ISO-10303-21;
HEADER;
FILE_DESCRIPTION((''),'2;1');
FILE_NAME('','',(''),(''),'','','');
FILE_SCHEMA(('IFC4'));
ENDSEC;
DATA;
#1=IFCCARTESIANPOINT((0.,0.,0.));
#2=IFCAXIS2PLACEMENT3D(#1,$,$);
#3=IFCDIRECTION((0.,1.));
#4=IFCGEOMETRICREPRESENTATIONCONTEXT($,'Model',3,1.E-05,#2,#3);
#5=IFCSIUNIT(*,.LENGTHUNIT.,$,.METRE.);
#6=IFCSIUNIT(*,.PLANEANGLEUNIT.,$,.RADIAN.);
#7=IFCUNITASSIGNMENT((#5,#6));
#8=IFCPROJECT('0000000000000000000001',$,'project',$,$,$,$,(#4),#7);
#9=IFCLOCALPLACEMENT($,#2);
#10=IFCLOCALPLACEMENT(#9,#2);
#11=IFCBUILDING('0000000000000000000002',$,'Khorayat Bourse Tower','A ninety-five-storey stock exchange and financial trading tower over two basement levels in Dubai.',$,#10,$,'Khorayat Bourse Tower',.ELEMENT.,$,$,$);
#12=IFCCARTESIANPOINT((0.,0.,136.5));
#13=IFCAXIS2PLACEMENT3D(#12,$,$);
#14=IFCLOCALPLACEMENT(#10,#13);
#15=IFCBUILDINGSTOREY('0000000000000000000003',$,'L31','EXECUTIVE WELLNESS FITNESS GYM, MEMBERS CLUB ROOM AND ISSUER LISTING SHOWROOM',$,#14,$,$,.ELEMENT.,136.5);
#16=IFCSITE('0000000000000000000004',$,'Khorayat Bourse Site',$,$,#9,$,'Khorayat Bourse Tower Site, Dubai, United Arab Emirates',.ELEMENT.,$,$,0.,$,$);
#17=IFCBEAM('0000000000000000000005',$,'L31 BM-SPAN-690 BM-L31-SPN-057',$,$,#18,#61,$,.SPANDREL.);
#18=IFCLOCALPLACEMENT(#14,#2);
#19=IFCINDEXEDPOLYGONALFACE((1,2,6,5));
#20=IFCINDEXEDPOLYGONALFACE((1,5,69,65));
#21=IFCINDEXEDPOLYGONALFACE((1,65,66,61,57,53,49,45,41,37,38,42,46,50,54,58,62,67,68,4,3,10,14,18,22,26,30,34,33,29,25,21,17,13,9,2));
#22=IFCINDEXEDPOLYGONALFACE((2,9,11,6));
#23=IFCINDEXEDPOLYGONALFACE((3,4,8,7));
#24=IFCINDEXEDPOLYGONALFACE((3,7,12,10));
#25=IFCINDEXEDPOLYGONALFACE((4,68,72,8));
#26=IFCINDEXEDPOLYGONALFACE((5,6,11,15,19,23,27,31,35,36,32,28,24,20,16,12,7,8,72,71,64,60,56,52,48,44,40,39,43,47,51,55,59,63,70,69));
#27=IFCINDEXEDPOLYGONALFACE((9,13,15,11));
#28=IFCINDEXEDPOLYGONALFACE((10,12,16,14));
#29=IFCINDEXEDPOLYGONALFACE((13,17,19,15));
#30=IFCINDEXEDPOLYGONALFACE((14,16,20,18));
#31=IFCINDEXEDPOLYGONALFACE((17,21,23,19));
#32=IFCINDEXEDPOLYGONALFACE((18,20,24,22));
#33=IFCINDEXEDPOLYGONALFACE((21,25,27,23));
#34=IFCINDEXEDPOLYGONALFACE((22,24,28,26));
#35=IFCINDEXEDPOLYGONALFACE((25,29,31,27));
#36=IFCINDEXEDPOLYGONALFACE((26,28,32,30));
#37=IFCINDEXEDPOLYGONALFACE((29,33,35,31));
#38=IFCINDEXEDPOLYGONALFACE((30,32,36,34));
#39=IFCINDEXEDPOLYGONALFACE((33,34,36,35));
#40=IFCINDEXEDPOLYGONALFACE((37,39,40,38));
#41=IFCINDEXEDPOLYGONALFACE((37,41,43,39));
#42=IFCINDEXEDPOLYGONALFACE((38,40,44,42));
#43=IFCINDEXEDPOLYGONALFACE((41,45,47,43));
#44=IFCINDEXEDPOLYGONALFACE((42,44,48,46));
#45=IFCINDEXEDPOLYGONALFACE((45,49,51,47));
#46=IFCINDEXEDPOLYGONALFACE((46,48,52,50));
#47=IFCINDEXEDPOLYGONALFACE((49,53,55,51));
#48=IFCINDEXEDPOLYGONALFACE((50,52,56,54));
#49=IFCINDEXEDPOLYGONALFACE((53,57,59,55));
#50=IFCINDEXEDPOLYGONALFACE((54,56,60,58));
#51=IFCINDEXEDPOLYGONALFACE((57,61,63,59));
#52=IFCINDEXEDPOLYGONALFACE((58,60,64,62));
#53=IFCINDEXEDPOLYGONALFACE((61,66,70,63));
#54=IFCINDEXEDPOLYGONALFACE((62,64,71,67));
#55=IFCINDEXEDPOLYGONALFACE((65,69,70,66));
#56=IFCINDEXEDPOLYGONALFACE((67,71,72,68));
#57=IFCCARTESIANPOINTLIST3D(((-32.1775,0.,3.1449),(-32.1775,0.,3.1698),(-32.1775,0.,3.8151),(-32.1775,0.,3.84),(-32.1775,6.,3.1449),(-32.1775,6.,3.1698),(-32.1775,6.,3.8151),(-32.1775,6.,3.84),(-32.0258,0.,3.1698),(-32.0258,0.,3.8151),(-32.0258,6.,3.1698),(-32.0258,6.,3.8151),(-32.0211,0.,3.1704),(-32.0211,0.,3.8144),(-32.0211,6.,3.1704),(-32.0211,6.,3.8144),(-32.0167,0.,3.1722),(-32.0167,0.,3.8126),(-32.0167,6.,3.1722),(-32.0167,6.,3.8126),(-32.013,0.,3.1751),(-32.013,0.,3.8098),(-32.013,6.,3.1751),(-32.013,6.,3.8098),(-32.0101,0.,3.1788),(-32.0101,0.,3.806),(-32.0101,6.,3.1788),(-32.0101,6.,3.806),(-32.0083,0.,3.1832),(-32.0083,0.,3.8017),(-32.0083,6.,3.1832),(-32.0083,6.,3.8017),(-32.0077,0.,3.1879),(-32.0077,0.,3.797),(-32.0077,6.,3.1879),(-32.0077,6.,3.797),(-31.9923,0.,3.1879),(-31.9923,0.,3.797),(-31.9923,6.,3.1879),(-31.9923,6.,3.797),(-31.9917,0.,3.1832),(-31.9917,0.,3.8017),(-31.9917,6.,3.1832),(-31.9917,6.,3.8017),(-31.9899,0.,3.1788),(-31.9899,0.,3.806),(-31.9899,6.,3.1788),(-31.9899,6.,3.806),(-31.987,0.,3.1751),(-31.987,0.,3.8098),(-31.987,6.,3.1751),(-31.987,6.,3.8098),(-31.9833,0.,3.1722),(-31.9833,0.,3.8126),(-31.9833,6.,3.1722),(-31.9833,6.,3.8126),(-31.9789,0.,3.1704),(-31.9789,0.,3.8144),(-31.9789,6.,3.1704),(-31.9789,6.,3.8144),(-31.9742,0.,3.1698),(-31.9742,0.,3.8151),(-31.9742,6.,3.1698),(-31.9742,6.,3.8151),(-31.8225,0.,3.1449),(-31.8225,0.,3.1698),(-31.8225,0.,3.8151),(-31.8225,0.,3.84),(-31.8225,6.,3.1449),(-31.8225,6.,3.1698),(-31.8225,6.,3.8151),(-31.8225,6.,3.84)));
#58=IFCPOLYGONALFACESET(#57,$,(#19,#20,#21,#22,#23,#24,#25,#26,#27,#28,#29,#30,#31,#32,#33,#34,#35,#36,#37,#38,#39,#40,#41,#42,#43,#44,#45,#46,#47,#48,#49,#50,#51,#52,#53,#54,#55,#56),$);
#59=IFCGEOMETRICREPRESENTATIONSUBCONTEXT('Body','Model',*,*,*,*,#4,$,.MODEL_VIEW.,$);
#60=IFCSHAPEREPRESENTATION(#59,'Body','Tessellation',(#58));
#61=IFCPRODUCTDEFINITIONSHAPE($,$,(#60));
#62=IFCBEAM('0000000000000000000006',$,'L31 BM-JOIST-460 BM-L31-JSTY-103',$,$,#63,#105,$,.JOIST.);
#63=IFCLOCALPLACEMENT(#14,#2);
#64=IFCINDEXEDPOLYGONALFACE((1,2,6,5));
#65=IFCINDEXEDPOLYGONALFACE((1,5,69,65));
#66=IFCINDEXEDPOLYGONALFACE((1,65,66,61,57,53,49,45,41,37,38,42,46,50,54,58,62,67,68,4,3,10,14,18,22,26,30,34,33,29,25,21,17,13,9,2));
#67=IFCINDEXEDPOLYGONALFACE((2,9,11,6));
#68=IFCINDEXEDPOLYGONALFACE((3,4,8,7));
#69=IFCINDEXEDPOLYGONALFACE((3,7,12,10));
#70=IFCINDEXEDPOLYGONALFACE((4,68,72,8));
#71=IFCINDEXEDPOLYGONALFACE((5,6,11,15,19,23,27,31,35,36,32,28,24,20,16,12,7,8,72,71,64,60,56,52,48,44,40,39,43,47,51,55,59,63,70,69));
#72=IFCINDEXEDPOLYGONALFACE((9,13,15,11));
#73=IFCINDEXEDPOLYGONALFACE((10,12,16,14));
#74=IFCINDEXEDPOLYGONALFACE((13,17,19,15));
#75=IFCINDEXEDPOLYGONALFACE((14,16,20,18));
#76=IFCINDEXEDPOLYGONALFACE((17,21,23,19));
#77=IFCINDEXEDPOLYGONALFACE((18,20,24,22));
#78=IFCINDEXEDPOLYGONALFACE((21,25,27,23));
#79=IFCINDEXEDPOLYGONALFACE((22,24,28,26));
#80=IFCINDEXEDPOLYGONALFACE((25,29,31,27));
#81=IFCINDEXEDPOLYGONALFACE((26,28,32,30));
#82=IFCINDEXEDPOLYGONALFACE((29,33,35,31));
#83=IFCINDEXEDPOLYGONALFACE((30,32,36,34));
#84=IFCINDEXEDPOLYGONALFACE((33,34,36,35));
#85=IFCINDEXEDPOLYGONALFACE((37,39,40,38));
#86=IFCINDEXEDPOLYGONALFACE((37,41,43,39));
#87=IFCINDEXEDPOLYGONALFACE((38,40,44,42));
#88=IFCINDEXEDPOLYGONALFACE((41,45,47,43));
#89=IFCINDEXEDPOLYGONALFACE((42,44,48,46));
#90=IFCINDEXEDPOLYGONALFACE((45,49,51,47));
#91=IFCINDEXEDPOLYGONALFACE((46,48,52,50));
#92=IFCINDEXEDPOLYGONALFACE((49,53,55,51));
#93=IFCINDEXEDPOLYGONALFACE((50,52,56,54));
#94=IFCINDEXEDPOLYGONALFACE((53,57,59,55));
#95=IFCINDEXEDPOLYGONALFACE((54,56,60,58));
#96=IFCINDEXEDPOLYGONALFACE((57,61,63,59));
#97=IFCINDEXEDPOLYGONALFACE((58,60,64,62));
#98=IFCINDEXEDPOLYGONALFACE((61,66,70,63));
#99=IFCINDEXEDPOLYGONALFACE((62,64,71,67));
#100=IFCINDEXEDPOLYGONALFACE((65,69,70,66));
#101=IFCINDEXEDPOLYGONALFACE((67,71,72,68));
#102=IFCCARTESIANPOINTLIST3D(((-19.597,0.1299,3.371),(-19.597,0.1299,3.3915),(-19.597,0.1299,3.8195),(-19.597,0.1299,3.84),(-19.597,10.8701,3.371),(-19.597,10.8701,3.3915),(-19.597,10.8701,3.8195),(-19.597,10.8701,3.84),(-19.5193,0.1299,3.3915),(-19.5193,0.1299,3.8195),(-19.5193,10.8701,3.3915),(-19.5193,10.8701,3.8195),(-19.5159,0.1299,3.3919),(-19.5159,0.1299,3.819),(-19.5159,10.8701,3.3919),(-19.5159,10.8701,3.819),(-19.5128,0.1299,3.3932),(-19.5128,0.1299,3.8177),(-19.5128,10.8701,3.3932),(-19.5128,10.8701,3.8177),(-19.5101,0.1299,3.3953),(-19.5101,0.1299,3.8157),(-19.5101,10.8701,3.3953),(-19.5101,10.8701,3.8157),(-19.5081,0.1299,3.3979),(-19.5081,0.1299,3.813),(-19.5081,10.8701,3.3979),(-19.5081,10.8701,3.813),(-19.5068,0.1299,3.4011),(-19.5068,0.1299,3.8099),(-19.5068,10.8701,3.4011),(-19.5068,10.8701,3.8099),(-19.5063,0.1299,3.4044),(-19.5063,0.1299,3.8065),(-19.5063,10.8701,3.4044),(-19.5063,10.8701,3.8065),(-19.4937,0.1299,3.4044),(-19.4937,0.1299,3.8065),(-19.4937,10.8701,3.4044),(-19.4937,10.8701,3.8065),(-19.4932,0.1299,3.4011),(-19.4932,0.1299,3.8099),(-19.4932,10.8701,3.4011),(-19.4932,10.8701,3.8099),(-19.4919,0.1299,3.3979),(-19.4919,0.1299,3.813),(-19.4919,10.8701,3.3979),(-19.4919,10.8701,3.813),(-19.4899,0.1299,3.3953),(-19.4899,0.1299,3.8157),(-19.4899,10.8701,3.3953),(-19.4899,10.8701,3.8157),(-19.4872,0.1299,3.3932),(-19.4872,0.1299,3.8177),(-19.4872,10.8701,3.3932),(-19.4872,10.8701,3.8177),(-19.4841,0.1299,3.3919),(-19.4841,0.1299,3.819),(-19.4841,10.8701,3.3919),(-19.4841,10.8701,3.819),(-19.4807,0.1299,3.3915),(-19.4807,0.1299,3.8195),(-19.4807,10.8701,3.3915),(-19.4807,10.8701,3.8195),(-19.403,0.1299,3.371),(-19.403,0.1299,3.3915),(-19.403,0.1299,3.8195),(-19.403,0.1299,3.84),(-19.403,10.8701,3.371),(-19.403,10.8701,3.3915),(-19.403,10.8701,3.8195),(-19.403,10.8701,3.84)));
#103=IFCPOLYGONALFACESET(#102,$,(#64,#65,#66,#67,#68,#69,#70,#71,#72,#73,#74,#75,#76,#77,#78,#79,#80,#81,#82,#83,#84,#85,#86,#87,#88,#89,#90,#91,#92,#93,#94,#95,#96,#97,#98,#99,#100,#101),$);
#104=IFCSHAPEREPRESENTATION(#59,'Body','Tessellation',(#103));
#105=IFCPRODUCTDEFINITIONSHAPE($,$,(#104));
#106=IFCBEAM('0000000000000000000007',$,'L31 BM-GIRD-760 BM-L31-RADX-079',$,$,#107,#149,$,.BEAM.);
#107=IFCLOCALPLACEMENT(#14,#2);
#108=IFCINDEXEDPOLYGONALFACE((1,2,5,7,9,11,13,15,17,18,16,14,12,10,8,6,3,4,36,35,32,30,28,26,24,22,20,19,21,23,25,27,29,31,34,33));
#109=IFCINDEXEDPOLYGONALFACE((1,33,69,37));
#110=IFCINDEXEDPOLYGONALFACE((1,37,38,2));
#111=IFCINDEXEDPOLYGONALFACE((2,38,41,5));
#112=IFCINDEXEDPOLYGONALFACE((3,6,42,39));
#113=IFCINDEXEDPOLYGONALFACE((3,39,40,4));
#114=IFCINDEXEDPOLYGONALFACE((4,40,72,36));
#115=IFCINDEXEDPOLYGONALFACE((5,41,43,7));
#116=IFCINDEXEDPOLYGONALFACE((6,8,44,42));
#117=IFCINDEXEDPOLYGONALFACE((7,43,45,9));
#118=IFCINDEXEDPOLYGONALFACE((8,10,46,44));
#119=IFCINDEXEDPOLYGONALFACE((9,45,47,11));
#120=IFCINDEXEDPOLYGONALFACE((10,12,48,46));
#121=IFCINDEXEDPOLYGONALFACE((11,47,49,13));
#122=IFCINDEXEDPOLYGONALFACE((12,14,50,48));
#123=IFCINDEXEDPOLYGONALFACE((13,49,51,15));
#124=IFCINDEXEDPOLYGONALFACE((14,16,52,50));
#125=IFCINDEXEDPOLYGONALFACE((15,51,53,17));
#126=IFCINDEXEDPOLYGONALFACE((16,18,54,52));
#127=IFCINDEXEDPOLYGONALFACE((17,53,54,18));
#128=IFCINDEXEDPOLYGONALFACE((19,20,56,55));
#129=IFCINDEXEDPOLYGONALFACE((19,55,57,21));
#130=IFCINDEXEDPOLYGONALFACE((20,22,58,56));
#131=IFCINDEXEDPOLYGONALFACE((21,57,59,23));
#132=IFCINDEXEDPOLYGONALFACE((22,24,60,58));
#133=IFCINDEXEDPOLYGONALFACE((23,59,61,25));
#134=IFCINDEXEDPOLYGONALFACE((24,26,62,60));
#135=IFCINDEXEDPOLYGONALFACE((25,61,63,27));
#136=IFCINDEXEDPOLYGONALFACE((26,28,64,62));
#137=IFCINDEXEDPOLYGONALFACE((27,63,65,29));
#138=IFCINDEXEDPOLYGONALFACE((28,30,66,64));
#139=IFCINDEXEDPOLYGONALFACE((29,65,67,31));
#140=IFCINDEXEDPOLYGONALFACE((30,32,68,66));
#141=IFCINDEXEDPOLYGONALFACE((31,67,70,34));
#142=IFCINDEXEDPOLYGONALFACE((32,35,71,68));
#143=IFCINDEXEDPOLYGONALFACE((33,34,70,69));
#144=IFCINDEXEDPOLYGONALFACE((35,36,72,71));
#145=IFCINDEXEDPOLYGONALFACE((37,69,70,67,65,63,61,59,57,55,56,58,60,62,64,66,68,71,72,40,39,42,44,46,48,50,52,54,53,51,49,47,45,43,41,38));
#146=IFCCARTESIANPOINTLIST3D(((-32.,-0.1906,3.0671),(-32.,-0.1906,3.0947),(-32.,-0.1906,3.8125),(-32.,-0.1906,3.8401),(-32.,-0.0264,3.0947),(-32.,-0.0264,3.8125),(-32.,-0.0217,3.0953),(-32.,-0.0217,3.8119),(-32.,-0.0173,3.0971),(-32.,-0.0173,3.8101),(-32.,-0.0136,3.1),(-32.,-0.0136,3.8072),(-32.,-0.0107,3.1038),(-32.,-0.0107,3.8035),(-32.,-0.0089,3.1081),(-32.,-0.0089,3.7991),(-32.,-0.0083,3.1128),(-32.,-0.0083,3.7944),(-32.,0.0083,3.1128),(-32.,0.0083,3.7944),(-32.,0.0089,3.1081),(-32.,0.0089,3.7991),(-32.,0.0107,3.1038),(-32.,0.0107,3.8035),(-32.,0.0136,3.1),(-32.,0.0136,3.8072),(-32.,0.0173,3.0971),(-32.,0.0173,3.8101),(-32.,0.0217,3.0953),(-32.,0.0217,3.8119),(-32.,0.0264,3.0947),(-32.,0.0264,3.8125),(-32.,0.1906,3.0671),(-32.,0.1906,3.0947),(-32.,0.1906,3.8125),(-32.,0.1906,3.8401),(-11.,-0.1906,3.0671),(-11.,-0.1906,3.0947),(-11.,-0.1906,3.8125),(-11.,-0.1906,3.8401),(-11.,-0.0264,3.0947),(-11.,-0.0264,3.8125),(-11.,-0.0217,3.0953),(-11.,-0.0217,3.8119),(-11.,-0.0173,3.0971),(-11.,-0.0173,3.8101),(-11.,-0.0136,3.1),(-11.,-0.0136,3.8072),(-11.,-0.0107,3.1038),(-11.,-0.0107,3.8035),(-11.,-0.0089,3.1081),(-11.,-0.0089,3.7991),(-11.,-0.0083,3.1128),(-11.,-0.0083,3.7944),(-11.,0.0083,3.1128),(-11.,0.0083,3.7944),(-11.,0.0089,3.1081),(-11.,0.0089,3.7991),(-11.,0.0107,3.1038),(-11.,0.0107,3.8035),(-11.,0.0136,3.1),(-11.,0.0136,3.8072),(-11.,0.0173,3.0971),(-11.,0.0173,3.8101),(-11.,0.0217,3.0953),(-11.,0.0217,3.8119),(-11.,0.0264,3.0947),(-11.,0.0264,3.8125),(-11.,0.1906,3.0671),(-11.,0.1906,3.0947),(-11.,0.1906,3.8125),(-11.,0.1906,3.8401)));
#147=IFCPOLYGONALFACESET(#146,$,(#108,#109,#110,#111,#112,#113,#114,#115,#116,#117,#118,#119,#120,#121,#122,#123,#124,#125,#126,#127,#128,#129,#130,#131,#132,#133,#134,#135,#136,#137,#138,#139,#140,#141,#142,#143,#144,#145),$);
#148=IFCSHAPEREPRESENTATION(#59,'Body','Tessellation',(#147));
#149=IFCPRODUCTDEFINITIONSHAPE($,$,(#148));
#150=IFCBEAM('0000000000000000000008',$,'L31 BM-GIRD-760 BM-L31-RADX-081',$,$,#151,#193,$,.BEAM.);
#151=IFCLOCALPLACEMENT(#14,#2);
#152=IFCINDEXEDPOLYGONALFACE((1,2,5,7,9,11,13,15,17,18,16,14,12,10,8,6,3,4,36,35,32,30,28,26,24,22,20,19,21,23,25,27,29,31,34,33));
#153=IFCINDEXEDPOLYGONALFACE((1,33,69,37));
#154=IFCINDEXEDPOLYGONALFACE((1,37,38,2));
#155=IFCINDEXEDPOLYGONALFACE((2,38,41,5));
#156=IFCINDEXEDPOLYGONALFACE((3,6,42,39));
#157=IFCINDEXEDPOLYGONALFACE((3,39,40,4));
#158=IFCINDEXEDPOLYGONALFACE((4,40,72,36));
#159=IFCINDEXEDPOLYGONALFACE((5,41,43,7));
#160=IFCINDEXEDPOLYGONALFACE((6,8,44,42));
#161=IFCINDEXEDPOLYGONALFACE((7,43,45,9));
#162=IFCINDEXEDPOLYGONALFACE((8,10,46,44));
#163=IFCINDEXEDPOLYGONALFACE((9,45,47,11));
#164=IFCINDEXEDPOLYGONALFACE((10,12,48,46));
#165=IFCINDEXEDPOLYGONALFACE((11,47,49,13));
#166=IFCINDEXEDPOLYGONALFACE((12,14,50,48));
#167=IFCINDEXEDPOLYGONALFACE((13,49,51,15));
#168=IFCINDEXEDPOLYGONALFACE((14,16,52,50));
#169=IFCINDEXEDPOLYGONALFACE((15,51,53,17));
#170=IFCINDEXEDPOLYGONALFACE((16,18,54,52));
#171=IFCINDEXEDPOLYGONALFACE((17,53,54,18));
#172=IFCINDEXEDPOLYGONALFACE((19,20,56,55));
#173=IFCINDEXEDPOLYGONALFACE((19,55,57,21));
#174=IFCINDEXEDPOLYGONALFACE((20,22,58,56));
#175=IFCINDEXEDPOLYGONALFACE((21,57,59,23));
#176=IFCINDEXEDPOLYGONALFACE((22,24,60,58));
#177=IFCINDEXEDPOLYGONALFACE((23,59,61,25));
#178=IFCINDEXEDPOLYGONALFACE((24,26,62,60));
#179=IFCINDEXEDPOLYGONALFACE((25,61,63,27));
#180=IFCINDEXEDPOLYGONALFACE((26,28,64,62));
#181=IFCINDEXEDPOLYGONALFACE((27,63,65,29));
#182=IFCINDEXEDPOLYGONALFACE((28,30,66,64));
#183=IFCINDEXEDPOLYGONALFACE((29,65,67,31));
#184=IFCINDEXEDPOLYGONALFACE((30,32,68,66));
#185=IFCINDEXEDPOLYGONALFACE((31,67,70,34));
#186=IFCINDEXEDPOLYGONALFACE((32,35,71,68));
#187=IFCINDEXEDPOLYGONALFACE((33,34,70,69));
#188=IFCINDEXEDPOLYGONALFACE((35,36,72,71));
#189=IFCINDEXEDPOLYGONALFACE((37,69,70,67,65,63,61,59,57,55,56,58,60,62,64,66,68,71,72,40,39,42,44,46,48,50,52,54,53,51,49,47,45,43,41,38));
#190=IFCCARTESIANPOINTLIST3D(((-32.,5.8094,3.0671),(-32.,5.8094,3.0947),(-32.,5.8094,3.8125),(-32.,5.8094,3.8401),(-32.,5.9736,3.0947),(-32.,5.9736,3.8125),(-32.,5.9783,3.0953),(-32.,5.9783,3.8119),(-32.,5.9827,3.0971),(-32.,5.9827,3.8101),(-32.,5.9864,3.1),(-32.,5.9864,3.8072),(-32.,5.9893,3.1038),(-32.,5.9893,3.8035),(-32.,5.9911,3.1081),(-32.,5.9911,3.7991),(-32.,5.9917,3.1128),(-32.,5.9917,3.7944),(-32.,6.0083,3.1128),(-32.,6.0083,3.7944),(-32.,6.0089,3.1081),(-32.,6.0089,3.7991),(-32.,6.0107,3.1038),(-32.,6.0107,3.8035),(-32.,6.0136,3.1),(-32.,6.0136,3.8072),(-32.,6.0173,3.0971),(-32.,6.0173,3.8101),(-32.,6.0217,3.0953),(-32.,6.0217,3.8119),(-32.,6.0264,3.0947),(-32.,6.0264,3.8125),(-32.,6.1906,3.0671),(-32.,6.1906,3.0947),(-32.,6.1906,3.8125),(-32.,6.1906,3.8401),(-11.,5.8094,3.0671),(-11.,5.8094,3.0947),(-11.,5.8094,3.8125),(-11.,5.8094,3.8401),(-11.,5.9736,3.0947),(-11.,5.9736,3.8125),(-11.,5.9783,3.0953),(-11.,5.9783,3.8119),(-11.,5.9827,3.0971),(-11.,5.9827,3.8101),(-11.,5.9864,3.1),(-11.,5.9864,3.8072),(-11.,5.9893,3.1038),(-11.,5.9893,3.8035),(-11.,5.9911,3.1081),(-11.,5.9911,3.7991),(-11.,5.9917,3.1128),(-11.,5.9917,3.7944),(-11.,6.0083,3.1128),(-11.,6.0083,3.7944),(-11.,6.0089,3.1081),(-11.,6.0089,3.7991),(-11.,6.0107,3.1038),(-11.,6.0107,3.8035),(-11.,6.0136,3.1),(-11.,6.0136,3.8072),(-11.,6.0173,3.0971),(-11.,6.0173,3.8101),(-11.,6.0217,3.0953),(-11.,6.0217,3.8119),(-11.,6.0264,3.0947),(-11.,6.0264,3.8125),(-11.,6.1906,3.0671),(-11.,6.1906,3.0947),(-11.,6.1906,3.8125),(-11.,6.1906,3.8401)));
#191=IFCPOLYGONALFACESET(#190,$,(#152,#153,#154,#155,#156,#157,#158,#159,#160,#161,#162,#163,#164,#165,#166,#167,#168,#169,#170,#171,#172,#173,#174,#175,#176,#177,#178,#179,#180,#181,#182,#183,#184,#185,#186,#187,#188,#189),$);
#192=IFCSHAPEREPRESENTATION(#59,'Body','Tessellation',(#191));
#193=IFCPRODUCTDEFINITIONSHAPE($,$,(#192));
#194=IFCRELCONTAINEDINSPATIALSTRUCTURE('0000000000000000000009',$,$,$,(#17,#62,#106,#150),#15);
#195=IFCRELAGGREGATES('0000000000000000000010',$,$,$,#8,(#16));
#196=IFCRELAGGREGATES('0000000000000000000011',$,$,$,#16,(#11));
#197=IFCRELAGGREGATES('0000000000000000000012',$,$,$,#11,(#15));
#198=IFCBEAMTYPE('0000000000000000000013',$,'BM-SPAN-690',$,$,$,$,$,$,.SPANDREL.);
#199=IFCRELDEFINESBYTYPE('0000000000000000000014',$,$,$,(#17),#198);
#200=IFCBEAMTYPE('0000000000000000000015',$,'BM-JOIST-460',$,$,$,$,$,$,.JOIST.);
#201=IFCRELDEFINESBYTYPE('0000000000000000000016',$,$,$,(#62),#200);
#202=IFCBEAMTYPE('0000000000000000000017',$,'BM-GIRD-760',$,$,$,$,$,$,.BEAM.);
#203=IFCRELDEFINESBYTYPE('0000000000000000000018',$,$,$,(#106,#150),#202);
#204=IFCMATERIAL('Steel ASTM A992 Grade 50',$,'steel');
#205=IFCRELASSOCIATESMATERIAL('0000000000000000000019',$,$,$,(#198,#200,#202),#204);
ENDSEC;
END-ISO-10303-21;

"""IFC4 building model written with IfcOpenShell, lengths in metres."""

from ifc_helpers import new_model, si_unit, direction, frame, origin, origin_2d, place, context, subcontext, project, spatial, i_section, extrude, source, transform, mapped, material, material_profile, profile_set, type_object, element, save


model = new_model("IFC4")

# Units and contexts
model_context = context("Model", 3, precision=1e-05, world=origin(), true_north=direction((0.0, 1.0)))
body_context = subcontext(model_context, "Body", "Model", "MODEL_VIEW")
ifc_project = project(units=[si_unit("LENGTHUNIT", "METRE"), si_unit("PLANEANGLEUNIT", "RADIAN")], contexts=[model_context])

# Site, building, storey
site_placement = place(None, origin())
site = spatial("IfcSite", under=ifc_project, at=site_placement, Name="Khorayat Bourse Site", LongName="Khorayat Bourse Tower Site, Dubai, United Arab Emirates", CompositionType="ELEMENT", RefElevation=0.0)
building_placement = place(site_placement, origin())
building = spatial("IfcBuilding", under=site, at=building_placement, Name="Khorayat Bourse Tower", Description="A ninety-five-storey stock exchange and financial trading tower over two basement levels in Dubai.", LongName="Khorayat Bourse Tower", CompositionType="ELEMENT")
storey_placement = place(building_placement, frame((0.0, 0.0, 136.5)))
storey = spatial("IfcBuildingStorey", under=building, at=storey_placement, Name="L31", Description="EXECUTIVE WELLNESS FITNESS GYM, MEMBERS CLUB ROOM AND ISSUER LISTING SHOWROOM", CompositionType="ELEMENT", Elevation=136.5)

# Beams
ifc_material_1 = material(Name="Steel ASTM A992 Grade 50", Category="steel")
ifc_material_profile_1 = material_profile(ifc_material_1, i_section(OverallWidth=0.355, OverallDepth=0.6951, WebThickness=0.0154, FlangeThickness=0.0249, FilletRadius=0.0181, at=origin_2d()), Name="W690X217")
ifc_profile_set_1 = profile_set([ifc_material_profile_1], Name="Steel ASTM A992 Grade 50")
beam_type_1 = type_object("IfcBeamType", Name="BM-SPAN-690", PredefinedType="SPANDREL", material=ifc_profile_set_1)
shared_shape_1 = source(origin(), body_context, "Body", "SweptSolid", [
    extrude(i_section(OverallWidth=0.355, OverallDepth=0.6951, WebThickness=0.0154, FlangeThickness=0.0249, FilletRadius=0.0181, at=origin_2d()), origin(), (0.0, 0.0, 1.0), 6.0),
])
beam_1_placement = place(storey_placement, frame((-32.0, 0.0, 3.4924), z_axis=(0.0, 1.0, 0.0), x_axis=(-1.0, 0.0, 0.0)))
element("IfcBeam", 1, at=beam_1_placement, inside=storey, type_object=beam_type_1, Name="L31 BM-SPAN-690 BM-L31-SPN-057", PredefinedType="SPANDREL", context=body_context, shape_type="MappedRepresentation", body=[
    mapped(shared_shape_1, transform((0.0, 0.0, 0.0), scale=1.0)),
])
ifc_material_profile_2 = material_profile(ifc_material_1, i_section(OverallWidth=0.1941, OverallDepth=0.469, WebThickness=0.0127, FlangeThickness=0.0205, FilletRadius=0.0129, at=origin_2d()), Name="W460X106")
ifc_profile_set_2 = profile_set([ifc_material_profile_2], Name="Steel ASTM A992 Grade 50")
beam_type_2 = type_object("IfcBeamType", Name="BM-JOIST-460", PredefinedType="JOIST", material=ifc_profile_set_2)
shared_shape_2 = source(origin(), body_context, "Body", "SweptSolid", [
    extrude(i_section(OverallWidth=0.1941, OverallDepth=0.469, WebThickness=0.0127, FlangeThickness=0.0205, FilletRadius=0.0129, at=origin_2d()), origin(), (0.0, 0.0, 1.0), 10.7402),
])
beam_2_placement = place(storey_placement, frame((-19.5, 0.1299, 3.6055), z_axis=(0.0, 1.0, 0.0), x_axis=(-1.0, 0.0, 0.0)))
element("IfcBeam", 2, at=beam_2_placement, inside=storey, type_object=beam_type_2, Name="L31 BM-JOIST-460 BM-L31-JSTY-103", PredefinedType="JOIST", context=body_context, shape_type="MappedRepresentation", body=[
    mapped(shared_shape_2, transform((0.0, 0.0, 0.0), scale=1.0)),
])
ifc_material_profile_3 = material_profile(ifc_material_1, i_section(OverallWidth=0.3811, OverallDepth=0.7729, WebThickness=0.0166, FlangeThickness=0.0276, FilletRadius=0.0181, at=origin_2d()), Name="W760X257")
ifc_profile_set_3 = profile_set([ifc_material_profile_3], Name="Steel ASTM A992 Grade 50")
beam_type_3 = type_object("IfcBeamType", Name="BM-GIRD-760", PredefinedType="BEAM", material=ifc_profile_set_3)
shared_shape_3 = source(origin(), body_context, "Body", "SweptSolid", [
    extrude(i_section(OverallWidth=0.3811, OverallDepth=0.7729, WebThickness=0.0166, FlangeThickness=0.0276, FilletRadius=0.0181, at=origin_2d()), origin(), (0.0, 0.0, 1.0), 21.0),
])
for number, where, z_axis, x_axis, name in (
    (3, (-32.0, 0.0, 3.4536), (1.0, 0.0, 0.0), (0.0, 1.0, 0.0), "L31 BM-GIRD-760 BM-L31-RADX-079"),
    (4, (-32.0, 6.0, 3.4536), (1.0, 0.0, 0.0), (0.0, 1.0, 0.0), "L31 BM-GIRD-760 BM-L31-RADX-081"),
):
    element("IfcBeam", number, at=place(storey_placement, frame(where, z_axis=z_axis, x_axis=x_axis)), inside=storey, type_object=beam_type_3, Name=name, PredefinedType="BEAM", context=body_context, shape_type="MappedRepresentation", body=[
        mapped(shared_shape_3, transform((0.0, 0.0, 0.0), scale=1.0)),
    ])

save(model, "model.ifc")
